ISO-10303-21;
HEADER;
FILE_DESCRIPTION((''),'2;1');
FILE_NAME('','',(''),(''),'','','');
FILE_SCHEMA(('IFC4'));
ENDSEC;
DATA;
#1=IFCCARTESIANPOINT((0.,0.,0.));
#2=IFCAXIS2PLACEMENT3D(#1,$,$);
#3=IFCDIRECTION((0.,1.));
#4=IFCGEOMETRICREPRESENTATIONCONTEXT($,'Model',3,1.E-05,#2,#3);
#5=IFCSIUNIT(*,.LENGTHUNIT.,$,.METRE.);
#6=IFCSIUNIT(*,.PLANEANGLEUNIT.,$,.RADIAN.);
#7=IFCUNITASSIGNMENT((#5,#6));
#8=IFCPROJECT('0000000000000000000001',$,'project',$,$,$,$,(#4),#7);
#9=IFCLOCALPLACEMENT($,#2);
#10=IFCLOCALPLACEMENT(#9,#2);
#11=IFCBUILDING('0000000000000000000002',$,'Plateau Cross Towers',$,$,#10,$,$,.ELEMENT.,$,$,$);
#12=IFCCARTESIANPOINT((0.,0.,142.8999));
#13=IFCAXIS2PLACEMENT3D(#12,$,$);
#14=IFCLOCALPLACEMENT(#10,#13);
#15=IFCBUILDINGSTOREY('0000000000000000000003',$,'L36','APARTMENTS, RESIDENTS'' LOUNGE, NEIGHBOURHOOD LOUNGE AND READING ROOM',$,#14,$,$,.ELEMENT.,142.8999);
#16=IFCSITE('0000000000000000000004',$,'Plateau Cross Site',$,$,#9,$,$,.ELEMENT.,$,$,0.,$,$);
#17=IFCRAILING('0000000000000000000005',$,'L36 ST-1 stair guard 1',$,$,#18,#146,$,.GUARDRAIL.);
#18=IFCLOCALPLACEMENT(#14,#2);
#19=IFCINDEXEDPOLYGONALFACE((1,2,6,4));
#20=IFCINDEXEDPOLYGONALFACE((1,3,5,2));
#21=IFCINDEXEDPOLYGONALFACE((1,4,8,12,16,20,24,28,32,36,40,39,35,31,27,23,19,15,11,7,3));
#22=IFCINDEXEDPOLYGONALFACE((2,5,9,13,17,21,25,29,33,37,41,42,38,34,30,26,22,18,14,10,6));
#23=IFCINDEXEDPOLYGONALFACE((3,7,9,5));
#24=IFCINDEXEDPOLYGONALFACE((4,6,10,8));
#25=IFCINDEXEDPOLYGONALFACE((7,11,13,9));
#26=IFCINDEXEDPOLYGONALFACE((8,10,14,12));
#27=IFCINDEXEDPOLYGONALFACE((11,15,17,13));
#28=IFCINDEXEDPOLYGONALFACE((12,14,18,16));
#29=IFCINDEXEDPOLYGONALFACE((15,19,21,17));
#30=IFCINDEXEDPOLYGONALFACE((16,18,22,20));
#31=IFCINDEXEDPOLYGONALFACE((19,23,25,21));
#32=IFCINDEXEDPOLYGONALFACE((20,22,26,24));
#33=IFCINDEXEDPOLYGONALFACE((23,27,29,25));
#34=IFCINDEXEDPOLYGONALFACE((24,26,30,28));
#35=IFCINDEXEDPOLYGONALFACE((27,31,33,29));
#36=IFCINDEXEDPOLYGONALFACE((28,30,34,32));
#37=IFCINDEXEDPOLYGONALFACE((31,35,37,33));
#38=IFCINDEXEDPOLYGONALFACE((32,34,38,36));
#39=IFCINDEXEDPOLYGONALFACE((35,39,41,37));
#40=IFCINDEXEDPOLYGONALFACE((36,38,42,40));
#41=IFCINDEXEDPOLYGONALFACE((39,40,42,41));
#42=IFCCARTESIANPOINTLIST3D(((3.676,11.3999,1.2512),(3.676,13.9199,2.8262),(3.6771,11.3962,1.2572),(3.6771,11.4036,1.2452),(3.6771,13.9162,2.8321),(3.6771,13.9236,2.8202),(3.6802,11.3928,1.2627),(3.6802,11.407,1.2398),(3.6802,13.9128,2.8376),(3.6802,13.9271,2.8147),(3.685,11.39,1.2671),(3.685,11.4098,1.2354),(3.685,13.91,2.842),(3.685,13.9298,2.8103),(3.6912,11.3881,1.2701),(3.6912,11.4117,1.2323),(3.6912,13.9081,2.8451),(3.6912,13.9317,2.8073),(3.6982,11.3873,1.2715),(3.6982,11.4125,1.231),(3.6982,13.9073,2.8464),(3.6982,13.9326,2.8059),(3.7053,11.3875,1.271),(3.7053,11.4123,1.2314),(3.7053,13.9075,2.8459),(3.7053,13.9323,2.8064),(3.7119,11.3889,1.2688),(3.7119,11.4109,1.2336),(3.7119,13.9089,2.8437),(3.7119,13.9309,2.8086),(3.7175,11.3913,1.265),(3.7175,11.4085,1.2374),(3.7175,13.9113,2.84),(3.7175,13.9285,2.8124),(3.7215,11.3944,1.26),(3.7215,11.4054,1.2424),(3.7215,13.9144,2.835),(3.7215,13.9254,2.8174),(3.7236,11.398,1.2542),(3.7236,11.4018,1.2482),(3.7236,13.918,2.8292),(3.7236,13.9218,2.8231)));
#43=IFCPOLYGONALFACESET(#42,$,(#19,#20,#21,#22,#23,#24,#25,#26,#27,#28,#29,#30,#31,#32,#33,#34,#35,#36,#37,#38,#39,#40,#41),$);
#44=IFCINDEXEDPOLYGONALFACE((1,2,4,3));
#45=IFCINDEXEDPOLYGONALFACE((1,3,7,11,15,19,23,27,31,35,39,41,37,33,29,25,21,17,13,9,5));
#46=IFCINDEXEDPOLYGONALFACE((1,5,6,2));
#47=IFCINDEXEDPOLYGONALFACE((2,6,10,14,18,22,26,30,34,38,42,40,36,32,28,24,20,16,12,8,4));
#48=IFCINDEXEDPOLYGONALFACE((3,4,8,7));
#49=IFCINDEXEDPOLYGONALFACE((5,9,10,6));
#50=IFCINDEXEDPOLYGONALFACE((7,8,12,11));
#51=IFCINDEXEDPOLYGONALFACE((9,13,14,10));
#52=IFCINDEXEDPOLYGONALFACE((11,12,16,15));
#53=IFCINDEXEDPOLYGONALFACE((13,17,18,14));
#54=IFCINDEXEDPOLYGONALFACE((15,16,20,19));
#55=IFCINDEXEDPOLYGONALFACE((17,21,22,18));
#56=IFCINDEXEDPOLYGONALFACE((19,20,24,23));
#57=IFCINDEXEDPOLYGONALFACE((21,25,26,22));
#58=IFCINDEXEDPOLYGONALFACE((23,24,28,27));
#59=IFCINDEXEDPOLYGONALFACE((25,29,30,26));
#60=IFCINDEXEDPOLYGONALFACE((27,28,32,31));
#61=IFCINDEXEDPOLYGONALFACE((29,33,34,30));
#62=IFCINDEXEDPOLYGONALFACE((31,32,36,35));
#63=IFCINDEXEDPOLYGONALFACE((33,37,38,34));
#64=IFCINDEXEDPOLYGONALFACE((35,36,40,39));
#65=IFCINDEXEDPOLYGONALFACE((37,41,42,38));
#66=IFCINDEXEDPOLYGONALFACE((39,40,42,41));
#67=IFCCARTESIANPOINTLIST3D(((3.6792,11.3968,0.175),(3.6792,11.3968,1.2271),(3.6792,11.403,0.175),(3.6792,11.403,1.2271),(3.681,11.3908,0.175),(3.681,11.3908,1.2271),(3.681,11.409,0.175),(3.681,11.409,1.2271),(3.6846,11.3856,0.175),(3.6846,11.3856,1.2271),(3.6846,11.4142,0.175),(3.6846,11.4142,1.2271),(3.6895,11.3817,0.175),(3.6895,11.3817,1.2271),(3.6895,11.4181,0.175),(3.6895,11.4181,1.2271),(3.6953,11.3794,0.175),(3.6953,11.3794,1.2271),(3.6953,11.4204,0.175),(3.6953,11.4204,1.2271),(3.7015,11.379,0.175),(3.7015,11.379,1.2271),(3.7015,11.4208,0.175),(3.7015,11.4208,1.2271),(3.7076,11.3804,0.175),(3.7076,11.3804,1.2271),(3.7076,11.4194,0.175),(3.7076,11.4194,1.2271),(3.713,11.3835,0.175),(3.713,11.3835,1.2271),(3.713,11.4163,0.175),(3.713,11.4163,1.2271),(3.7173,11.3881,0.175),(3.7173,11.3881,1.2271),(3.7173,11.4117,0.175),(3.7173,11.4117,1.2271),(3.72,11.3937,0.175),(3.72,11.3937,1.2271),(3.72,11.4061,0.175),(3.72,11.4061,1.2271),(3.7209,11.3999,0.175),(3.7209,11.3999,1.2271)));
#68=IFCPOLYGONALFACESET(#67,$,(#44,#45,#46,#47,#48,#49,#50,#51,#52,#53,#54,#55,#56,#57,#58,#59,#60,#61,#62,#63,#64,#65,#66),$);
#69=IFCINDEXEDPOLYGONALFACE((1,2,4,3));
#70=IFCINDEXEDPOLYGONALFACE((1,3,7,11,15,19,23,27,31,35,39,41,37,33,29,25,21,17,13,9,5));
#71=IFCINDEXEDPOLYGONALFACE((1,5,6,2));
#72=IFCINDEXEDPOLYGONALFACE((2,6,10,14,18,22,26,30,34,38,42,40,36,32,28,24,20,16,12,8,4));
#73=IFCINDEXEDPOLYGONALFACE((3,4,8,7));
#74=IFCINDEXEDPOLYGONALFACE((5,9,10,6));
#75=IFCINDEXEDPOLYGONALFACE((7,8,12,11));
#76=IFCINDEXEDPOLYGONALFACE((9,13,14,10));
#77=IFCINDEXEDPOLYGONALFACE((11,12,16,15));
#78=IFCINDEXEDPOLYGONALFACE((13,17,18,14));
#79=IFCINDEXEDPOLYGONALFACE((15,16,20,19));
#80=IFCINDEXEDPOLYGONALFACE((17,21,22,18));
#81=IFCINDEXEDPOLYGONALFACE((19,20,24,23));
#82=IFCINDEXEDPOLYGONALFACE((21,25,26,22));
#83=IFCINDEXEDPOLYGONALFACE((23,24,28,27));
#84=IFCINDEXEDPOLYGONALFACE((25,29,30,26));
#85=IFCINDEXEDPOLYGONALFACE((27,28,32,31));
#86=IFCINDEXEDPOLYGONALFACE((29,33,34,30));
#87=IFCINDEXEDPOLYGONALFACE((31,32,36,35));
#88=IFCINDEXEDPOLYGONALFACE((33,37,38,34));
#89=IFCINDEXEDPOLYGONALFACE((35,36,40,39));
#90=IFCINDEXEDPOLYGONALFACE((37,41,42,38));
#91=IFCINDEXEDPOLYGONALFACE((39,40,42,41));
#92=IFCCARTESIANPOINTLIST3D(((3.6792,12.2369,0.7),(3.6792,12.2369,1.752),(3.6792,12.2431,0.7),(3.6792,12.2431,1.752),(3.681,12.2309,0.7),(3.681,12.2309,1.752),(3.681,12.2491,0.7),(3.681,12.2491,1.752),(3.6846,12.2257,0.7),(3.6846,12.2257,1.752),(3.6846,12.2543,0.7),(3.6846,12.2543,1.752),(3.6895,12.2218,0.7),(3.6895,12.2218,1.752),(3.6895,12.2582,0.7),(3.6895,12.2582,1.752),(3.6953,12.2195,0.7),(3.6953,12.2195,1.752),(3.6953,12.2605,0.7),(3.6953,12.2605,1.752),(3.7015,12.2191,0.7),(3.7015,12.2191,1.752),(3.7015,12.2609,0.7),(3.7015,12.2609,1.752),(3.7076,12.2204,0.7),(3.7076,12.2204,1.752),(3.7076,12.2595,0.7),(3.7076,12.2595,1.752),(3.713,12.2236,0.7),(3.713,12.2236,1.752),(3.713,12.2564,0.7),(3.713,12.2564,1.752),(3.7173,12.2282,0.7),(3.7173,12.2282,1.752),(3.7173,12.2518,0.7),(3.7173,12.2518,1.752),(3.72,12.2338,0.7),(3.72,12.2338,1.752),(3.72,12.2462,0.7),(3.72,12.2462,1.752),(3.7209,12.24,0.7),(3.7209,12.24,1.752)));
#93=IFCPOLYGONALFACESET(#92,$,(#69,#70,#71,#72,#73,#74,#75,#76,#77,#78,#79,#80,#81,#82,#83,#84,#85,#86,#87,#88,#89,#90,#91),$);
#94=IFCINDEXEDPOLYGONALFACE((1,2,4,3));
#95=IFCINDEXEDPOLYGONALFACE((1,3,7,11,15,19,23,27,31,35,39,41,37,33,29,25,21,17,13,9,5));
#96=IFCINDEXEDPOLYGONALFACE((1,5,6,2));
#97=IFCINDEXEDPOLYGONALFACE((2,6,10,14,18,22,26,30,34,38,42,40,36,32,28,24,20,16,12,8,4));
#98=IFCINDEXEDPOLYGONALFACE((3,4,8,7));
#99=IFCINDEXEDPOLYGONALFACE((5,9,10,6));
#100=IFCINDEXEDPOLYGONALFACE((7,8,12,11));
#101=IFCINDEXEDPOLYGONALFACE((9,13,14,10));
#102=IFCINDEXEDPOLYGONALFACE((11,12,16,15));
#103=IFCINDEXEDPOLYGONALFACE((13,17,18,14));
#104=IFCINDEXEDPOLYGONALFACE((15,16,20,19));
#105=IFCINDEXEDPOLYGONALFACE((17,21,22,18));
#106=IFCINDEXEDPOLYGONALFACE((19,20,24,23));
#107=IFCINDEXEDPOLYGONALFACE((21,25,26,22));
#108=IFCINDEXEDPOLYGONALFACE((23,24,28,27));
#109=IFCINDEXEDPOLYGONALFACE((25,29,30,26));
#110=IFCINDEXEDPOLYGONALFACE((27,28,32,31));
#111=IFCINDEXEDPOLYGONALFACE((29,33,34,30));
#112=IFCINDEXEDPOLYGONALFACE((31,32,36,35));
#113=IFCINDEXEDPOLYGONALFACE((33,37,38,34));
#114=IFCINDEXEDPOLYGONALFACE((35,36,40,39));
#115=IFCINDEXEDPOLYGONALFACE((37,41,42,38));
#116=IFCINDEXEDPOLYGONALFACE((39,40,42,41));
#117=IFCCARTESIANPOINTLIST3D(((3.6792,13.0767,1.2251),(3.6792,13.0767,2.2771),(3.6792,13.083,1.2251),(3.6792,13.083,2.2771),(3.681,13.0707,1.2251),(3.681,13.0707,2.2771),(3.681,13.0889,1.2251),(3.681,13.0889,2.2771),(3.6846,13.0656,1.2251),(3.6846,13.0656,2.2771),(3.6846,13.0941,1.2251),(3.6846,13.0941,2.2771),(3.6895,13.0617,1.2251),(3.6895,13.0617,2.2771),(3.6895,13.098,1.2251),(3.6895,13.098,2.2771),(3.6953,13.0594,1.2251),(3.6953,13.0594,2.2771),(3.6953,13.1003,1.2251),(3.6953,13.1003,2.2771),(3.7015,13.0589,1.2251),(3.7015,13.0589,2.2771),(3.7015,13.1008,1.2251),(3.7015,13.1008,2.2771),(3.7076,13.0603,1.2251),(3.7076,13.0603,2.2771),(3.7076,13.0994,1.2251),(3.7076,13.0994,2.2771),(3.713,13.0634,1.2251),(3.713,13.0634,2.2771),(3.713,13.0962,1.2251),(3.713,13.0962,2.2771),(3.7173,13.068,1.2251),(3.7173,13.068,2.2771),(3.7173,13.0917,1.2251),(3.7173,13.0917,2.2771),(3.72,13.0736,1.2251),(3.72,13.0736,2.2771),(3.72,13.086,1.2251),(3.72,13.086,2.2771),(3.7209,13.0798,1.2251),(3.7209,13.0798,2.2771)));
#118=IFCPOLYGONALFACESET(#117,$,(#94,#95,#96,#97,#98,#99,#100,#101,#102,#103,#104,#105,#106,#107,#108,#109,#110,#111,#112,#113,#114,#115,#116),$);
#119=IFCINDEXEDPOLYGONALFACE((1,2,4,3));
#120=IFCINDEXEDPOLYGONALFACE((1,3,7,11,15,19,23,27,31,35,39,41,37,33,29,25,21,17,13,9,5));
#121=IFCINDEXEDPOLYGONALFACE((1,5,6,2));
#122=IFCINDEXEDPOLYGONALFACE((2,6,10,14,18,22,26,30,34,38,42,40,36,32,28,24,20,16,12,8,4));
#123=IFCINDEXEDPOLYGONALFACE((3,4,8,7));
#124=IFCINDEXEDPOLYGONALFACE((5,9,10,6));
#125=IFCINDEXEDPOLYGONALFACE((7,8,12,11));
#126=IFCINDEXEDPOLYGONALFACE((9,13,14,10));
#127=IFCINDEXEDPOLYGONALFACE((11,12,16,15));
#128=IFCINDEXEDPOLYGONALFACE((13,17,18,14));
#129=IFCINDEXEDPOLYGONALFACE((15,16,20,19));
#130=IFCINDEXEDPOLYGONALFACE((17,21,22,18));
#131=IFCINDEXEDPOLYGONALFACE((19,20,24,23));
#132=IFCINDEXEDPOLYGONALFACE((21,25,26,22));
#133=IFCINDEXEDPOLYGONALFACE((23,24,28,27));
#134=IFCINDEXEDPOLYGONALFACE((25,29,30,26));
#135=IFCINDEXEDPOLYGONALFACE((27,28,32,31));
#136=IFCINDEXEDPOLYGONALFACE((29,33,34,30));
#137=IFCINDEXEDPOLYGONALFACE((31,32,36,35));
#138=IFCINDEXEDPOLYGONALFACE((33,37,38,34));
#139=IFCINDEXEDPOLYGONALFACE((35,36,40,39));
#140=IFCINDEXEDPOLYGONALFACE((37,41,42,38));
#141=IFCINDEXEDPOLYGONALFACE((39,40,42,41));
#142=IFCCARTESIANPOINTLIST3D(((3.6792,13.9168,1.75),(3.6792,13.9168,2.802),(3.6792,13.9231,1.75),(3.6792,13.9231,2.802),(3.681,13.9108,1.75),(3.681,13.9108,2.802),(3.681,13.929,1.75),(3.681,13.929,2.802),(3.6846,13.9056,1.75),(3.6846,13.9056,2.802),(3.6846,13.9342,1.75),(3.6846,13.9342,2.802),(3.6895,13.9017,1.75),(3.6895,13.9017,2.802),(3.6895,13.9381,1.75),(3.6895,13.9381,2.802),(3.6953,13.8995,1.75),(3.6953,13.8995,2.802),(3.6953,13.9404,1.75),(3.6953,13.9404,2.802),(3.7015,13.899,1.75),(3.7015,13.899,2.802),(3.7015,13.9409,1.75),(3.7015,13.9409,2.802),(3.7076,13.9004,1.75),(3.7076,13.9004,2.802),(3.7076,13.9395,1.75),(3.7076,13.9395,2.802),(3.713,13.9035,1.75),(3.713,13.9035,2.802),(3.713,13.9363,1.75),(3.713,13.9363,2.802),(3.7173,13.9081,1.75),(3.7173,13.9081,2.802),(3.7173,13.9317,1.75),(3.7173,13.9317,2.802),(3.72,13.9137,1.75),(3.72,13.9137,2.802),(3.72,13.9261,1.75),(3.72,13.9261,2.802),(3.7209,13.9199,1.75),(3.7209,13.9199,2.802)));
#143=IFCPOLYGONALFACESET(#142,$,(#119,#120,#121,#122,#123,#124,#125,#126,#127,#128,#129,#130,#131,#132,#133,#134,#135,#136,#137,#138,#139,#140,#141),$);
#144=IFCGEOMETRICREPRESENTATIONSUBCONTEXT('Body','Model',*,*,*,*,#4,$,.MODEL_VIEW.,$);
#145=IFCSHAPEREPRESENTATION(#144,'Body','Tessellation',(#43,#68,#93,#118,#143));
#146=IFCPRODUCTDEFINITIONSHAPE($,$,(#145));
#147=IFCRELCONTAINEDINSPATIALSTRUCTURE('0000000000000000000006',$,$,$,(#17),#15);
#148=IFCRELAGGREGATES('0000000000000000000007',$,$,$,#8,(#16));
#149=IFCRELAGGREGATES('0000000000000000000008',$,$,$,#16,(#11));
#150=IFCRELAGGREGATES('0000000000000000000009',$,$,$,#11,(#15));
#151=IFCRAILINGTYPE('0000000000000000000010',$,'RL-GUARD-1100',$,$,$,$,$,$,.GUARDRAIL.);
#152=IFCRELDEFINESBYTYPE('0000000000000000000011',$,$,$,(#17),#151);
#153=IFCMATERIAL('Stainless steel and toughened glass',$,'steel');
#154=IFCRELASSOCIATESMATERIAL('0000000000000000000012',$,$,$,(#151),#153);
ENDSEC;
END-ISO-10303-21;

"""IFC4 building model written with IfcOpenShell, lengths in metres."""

from ifc_helpers import new_model, si_unit, direction, frame, origin, origin_2d, place, context, subcontext, project, spatial, circle, extrude, material, type_object, element, save


model = new_model("IFC4")

# Units and contexts
model_context = context("Model", 3, precision=1e-05, world=origin(), true_north=direction((0.0, 1.0)))
body_context = subcontext(model_context, "Body", "Model", "MODEL_VIEW")
ifc_project = project(units=[si_unit("LENGTHUNIT", "METRE"), si_unit("PLANEANGLEUNIT", "RADIAN")], contexts=[model_context])

# Site, building, storey
site_placement = place(None, origin())
site = spatial("IfcSite", under=ifc_project, at=site_placement, Name="Plateau Cross Site", CompositionType="ELEMENT", RefElevation=0.0)
building_placement = place(site_placement, origin())
building = spatial("IfcBuilding", under=site, at=building_placement, Name="Plateau Cross Towers", CompositionType="ELEMENT")
storey_placement = place(building_placement, frame((0.0, 0.0, 142.8999)))
storey = spatial("IfcBuildingStorey", under=building, at=storey_placement, Name="L36", Description="APARTMENTS, RESIDENTS' LOUNGE, NEIGHBOURHOOD LOUNGE AND READING ROOM", CompositionType="ELEMENT", Elevation=142.8999)

# Railing
ifc_material_1 = material(Name="Stainless steel and toughened glass", Category="steel")
railing_type_1 = type_object("IfcRailingType", Name="RL-GUARD-1100", PredefinedType="GUARDRAIL", material=ifc_material_1)
railing_1_placement = place(storey_placement, frame((3.7, 11.3999, 0.175)))
element("IfcRailing", 1, at=railing_1_placement, inside=storey, type_object=railing_type_1, Name="L36 ST-1 stair guard 1", PredefinedType="GUARDRAIL", context=body_context, shape_type="SweptSolid", body=[
    extrude(circle(Radius=0.0239, at=origin_2d()), frame((0.0, 0.0, 1.0762), z_axis=(0.0, 0.848008, 0.529984), x_axis=(-1.0, 0.0, 0.0)), (0.0, 0.0, 1.0), 2.9717),
    extrude(circle(Radius=0.021, at=origin_2d()), origin(), (0.0, 0.0, 1.0), 1.052),
    extrude(circle(Radius=0.021, at=origin_2d()), frame((0.0, 0.8401, 0.5249)), (0.0, 0.0, 1.0), 1.052),
    extrude(circle(Radius=0.021, at=origin_2d()), frame((0.0, 1.6799, 1.05)), (0.0, 0.0, 1.0), 1.052),
    extrude(circle(Radius=0.021, at=origin_2d()), frame((0.0, 2.52, 1.575)), (0.0, 0.0, 1.0), 1.052),
])

save(model, "model.ifc")
